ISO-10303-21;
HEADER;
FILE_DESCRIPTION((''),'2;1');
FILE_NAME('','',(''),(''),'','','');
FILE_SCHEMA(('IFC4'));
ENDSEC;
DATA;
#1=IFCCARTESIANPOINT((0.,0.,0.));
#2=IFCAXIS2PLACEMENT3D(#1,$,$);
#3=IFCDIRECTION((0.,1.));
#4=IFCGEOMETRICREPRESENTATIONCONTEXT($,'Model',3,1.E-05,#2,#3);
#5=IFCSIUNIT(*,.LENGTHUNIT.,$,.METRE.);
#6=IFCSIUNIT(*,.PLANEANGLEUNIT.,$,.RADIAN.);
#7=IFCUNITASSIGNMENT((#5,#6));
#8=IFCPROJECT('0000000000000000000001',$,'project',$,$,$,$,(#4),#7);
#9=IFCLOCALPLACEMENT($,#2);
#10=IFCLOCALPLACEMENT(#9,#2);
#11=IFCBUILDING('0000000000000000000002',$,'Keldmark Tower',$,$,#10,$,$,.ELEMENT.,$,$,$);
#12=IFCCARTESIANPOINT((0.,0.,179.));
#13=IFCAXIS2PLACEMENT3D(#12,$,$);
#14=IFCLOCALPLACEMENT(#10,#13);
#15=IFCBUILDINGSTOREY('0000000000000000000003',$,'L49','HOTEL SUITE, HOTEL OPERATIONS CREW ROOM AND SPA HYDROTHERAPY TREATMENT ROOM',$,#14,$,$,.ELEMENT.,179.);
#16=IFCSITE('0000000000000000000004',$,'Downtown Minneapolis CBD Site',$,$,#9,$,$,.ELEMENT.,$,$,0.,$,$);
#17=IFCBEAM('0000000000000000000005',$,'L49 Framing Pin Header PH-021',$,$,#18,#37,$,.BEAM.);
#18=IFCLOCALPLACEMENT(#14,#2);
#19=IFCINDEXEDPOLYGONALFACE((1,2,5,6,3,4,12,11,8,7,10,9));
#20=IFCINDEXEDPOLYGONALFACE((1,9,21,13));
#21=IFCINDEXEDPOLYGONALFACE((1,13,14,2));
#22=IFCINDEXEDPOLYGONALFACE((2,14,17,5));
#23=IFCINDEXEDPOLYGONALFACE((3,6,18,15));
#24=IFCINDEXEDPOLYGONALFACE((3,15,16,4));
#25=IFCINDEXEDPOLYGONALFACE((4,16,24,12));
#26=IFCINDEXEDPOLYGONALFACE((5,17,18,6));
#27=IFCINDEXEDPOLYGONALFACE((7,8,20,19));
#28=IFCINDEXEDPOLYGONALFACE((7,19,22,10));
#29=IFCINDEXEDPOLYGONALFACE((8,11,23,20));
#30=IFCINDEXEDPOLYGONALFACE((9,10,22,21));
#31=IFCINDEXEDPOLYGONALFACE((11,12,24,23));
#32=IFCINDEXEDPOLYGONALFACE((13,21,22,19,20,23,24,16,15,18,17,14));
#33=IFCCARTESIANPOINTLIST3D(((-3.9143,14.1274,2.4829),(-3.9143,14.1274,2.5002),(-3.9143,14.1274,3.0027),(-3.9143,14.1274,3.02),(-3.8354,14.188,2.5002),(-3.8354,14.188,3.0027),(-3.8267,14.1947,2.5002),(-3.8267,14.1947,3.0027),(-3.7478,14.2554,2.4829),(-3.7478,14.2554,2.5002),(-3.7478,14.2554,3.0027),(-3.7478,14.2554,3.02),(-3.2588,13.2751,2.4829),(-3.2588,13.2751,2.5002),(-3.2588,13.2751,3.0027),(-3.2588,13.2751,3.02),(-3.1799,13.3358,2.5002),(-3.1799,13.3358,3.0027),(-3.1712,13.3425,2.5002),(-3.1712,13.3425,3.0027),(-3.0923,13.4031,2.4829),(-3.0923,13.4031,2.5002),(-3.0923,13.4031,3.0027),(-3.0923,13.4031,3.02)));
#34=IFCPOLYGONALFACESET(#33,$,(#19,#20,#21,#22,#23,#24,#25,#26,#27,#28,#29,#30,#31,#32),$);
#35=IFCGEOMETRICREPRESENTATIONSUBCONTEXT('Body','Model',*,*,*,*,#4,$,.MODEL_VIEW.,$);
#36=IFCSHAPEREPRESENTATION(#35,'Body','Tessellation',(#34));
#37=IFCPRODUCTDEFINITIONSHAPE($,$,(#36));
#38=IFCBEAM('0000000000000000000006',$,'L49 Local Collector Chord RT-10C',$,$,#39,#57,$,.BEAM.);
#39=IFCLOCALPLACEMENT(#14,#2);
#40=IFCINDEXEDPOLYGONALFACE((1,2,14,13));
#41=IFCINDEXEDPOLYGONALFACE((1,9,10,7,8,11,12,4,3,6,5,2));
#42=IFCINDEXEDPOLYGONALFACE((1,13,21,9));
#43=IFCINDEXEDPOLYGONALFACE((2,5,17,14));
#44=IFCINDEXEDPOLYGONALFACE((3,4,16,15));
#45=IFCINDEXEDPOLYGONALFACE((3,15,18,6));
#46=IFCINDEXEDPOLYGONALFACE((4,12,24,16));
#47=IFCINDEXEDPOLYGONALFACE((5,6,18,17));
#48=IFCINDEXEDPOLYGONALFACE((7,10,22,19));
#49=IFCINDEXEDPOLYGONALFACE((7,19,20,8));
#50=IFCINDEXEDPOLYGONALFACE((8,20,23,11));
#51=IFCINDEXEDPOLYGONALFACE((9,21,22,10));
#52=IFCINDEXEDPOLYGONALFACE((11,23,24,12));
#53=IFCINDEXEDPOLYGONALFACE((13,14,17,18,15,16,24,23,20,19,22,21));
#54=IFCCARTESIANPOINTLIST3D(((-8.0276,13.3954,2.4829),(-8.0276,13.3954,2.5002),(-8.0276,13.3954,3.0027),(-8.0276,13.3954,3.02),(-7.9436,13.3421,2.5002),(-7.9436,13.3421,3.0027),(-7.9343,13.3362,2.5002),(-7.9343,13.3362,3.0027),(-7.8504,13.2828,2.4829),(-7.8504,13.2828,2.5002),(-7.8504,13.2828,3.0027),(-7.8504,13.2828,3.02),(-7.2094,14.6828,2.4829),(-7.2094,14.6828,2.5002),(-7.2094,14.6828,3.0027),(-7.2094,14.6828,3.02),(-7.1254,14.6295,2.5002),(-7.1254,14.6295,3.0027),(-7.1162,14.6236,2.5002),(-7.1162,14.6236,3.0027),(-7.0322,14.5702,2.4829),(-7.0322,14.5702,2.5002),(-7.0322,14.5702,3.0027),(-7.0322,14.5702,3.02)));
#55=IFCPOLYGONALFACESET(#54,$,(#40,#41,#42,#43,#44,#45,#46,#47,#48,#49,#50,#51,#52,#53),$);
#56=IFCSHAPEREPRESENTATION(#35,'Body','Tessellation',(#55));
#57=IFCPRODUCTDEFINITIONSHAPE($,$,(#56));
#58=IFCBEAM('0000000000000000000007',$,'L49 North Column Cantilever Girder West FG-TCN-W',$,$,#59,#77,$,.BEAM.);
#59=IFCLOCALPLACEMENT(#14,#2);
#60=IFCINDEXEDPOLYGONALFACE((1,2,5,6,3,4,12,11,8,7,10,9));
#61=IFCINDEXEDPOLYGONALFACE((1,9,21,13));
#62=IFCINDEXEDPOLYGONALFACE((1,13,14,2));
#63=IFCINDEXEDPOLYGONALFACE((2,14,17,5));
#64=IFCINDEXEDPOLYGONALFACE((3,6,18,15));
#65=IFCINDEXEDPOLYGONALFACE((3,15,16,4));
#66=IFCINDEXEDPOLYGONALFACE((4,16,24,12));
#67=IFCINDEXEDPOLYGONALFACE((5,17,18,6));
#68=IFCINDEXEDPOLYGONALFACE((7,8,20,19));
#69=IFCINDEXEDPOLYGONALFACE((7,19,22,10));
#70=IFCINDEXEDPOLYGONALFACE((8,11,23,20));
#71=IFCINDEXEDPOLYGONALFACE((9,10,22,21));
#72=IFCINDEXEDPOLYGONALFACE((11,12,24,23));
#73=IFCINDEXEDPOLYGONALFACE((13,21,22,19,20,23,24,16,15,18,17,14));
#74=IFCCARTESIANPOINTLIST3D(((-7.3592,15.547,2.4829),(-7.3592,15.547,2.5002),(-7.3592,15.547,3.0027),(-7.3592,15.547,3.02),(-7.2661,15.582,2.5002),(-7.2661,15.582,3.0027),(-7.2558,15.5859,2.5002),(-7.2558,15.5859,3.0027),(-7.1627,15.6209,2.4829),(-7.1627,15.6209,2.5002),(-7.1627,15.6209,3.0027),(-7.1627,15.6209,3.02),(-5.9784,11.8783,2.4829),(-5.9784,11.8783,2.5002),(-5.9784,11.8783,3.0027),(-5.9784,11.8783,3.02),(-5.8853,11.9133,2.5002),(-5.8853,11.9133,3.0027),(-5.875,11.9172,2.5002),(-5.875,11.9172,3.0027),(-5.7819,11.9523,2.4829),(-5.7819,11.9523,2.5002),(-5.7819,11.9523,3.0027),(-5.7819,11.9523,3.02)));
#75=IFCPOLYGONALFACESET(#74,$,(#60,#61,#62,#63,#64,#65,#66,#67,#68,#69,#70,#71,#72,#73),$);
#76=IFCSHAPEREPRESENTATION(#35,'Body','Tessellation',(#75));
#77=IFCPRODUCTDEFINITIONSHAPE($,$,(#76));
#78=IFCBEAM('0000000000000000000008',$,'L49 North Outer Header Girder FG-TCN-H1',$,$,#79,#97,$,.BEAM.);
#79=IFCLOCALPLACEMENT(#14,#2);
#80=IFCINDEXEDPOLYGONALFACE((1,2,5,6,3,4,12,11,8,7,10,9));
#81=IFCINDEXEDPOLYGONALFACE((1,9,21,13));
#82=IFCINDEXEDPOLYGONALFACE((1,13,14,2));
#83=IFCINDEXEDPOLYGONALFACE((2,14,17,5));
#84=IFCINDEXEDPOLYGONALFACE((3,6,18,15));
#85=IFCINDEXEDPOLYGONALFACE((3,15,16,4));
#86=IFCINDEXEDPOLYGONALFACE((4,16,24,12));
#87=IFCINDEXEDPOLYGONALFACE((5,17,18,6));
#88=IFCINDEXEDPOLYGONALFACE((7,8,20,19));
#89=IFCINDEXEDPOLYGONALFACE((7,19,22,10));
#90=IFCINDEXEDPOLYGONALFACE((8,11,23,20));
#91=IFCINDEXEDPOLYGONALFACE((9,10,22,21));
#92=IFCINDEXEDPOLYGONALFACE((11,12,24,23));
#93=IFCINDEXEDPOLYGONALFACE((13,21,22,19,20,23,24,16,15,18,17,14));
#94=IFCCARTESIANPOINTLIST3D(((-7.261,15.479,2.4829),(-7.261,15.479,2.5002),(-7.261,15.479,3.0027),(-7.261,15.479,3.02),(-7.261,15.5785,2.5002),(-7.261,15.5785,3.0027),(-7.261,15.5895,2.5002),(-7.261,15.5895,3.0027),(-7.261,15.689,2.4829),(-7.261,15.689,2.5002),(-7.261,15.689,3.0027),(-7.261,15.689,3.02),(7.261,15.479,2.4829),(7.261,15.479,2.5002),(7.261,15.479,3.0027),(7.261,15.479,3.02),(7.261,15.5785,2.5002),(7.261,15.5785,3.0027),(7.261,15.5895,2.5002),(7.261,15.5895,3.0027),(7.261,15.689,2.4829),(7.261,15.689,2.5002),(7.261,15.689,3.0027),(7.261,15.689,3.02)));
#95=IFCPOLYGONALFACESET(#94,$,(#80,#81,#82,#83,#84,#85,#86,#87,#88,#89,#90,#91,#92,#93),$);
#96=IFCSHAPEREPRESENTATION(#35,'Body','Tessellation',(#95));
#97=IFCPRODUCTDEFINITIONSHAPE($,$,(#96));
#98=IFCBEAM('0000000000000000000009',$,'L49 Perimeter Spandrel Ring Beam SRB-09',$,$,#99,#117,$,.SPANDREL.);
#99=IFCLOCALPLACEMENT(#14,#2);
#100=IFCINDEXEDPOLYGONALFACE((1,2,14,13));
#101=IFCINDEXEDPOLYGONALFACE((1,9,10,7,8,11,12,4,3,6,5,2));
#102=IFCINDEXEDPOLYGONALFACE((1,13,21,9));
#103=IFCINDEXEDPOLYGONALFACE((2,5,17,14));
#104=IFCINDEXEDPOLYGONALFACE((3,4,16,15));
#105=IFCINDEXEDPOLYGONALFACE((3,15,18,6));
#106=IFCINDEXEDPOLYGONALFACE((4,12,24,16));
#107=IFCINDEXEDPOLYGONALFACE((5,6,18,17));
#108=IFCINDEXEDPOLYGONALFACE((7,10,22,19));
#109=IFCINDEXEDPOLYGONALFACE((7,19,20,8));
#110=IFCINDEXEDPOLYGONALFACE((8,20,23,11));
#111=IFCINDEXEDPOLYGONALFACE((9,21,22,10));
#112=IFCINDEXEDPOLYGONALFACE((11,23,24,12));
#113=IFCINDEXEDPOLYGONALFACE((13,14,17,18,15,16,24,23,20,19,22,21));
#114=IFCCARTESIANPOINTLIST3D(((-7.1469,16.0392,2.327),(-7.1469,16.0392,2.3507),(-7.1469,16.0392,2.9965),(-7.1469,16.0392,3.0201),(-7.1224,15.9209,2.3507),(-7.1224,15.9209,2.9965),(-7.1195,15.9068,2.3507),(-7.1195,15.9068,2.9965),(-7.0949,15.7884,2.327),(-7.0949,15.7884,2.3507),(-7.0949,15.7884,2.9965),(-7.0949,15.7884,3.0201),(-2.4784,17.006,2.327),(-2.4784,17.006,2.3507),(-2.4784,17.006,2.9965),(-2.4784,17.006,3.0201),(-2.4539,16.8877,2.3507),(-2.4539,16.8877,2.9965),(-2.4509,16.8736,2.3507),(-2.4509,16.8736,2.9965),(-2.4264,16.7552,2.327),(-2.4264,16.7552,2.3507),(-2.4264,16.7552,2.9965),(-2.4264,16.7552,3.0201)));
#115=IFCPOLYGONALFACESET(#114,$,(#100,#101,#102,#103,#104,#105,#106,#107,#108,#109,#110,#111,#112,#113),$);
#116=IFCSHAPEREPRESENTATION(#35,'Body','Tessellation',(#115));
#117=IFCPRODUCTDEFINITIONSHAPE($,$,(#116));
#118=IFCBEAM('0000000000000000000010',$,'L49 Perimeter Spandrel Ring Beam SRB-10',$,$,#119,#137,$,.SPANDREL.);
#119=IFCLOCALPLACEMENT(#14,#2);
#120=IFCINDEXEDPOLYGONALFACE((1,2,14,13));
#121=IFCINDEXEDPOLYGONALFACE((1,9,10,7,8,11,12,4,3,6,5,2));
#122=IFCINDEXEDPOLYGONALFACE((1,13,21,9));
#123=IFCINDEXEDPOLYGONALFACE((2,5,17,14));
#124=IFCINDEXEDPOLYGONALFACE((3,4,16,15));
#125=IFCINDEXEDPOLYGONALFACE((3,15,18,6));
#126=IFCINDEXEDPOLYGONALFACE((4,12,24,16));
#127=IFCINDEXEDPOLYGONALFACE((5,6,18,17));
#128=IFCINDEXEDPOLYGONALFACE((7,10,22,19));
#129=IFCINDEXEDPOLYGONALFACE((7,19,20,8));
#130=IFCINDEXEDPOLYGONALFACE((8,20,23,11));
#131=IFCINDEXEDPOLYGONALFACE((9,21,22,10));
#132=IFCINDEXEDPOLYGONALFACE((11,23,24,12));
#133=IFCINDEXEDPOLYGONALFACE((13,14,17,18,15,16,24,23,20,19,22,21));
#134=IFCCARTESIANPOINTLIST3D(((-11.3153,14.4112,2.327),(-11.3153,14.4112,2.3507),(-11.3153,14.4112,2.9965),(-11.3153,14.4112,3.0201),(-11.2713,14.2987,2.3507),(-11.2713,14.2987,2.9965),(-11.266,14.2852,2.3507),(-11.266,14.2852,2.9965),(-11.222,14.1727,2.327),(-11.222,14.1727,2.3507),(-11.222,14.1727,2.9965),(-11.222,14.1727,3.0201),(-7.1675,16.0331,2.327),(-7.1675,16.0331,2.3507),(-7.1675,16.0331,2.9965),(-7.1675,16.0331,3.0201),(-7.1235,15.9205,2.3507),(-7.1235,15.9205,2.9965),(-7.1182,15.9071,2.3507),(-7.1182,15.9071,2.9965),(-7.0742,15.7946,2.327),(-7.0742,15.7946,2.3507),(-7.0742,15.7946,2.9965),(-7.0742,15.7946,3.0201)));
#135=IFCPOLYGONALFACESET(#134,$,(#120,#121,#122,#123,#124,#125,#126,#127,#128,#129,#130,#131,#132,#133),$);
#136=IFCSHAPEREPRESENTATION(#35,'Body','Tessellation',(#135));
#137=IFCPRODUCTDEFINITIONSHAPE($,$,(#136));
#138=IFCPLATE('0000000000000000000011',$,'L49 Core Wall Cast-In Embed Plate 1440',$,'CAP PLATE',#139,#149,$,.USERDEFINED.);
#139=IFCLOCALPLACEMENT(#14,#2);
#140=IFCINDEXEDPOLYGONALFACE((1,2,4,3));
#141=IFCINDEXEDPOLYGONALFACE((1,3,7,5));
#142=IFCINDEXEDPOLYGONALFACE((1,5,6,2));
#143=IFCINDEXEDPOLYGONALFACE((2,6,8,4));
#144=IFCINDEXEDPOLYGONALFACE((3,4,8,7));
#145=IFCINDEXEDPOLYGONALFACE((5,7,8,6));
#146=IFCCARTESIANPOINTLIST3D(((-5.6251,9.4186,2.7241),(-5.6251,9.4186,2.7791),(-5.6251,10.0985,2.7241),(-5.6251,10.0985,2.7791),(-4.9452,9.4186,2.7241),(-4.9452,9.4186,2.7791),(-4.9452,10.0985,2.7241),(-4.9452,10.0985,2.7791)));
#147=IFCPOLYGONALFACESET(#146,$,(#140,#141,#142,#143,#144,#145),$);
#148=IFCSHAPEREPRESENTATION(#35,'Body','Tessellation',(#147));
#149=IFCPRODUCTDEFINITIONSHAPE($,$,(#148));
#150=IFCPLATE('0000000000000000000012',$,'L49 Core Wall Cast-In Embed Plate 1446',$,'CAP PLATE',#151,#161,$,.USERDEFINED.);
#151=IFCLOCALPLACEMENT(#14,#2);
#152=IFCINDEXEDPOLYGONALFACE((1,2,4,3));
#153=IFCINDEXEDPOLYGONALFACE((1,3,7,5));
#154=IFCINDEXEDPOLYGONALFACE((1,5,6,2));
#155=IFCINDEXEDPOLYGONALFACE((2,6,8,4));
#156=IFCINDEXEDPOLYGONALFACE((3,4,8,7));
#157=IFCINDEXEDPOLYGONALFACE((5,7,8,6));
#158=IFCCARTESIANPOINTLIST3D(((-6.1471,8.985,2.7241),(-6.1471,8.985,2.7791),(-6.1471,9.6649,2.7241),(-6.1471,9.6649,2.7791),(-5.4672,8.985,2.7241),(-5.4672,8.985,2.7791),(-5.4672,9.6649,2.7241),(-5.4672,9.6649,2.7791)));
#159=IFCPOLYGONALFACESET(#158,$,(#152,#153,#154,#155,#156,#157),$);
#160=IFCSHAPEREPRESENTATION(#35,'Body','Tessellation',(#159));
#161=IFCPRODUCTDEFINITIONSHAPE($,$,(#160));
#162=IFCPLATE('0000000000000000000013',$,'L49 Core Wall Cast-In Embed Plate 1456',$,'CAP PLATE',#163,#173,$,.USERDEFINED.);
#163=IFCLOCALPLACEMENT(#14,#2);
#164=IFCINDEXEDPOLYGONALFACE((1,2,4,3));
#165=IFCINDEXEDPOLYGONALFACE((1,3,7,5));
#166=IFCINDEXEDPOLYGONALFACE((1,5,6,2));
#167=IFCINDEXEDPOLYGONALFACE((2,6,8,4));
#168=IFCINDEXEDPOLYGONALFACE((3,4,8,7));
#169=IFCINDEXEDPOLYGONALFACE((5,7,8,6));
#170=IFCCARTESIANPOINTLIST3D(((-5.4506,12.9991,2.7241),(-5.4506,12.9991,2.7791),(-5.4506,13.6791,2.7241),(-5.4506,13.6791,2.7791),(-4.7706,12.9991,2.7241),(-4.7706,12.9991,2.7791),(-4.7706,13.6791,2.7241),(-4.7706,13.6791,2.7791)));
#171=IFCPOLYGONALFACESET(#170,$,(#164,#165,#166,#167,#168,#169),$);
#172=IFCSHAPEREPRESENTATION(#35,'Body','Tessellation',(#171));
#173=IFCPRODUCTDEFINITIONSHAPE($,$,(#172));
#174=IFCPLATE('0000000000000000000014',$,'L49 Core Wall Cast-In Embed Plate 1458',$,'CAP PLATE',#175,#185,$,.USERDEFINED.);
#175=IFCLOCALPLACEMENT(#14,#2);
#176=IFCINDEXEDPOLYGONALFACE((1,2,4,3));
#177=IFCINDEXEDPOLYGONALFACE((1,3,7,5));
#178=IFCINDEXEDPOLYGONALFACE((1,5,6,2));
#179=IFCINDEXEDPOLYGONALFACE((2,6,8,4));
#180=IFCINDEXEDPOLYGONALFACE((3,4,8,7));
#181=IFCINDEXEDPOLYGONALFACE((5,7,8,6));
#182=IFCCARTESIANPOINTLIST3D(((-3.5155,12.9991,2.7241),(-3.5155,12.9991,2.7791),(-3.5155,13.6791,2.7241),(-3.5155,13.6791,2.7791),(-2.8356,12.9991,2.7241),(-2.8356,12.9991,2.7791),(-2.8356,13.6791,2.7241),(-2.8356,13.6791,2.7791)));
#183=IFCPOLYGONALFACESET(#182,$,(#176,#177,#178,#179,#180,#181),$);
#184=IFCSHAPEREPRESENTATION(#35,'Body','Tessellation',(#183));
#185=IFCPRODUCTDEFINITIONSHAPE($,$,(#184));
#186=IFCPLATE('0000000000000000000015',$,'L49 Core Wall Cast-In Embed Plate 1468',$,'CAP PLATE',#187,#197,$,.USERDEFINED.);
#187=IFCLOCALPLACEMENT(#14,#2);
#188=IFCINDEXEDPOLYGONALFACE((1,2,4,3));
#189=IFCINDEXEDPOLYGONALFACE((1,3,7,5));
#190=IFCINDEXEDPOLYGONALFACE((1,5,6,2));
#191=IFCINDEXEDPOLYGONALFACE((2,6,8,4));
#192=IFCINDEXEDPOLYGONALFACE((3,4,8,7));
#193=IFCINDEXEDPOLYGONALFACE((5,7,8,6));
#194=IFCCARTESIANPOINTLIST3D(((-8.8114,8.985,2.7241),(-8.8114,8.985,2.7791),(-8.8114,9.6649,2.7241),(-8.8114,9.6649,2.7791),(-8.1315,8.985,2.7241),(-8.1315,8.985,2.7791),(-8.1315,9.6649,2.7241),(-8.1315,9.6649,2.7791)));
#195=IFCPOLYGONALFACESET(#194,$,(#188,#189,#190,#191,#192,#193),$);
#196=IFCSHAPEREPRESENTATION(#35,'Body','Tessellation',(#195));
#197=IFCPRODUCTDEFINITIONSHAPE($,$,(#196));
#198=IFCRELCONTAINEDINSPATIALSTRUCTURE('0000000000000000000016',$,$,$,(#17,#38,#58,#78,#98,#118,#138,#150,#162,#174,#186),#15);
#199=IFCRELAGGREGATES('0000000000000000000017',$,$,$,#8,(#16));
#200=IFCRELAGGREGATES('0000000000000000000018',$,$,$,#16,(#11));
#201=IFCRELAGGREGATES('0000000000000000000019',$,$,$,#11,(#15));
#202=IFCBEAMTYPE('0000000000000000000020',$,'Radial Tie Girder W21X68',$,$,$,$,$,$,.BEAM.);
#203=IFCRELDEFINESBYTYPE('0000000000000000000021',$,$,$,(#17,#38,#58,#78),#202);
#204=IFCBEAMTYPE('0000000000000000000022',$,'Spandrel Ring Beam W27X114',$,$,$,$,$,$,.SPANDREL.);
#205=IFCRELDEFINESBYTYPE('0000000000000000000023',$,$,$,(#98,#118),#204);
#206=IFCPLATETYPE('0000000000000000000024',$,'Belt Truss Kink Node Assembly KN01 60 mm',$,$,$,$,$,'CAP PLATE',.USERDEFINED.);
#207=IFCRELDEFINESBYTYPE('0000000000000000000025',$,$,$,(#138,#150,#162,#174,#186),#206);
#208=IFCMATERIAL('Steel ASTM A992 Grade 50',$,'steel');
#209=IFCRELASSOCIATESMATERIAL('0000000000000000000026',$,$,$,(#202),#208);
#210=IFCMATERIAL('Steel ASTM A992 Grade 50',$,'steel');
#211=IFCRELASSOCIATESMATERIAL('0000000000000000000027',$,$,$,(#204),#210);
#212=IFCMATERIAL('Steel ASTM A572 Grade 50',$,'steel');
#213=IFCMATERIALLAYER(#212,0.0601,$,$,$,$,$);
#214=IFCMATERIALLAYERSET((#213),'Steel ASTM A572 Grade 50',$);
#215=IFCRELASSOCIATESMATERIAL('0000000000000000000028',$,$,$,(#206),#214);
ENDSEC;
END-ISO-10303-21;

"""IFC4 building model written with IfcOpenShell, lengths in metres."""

from ifc_helpers import new_model, si_unit, direction, frame, origin, origin_2d, place, context, subcontext, project, spatial, rectangle, i_section, extrude, material, layer, layer_set, material_profile, profile_set, type_object, element, save


model = new_model("IFC4")

# Units and contexts
model_context = context("Model", 3, precision=1e-05, world=origin(), true_north=direction((0.0, 1.0)))
body_context = subcontext(model_context, "Body", "Model", "MODEL_VIEW")
ifc_project = project(units=[si_unit("LENGTHUNIT", "METRE"), si_unit("PLANEANGLEUNIT", "RADIAN")], contexts=[model_context])

# Site, building, storey
site_placement = place(None, origin())
site = spatial("IfcSite", under=ifc_project, at=site_placement, Name="Downtown Minneapolis CBD Site", CompositionType="ELEMENT", RefElevation=0.0)
building_placement = place(site_placement, origin())
building = spatial("IfcBuilding", under=site, at=building_placement, Name="Keldmark Tower", CompositionType="ELEMENT")
storey_placement = place(building_placement, frame((0.0, 0.0, 179.0)))
storey = spatial("IfcBuildingStorey", under=building, at=storey_placement, Name="L49", Description="HOTEL SUITE, HOTEL OPERATIONS CREW ROOM AND SPA HYDROTHERAPY TREATMENT ROOM", CompositionType="ELEMENT", Elevation=179.0)

# Beams
ifc_material_1 = material(Name="Steel ASTM A992 Grade 50", Category="steel")
ifc_material_profile_1 = material_profile(ifc_material_1, i_section(OverallWidth=0.21, OverallDepth=0.5371, WebThickness=0.011, FlangeThickness=0.0173, at=origin_2d()), Name="W21X68")
ifc_profile_set_1 = profile_set([ifc_material_profile_1], Name="Steel ASTM A992 Grade 50")
beam_type_1 = type_object("IfcBeamType", Name="Radial Tie Girder W21X68", PredefinedType="BEAM", material=ifc_profile_set_1)
beam_1_placement = place(storey_placement, frame((-3.1755, 13.3391, 2.7515), z_axis=(-0.609656, 0.792666, 0.0), x_axis=(-0.792666, -0.609656, 0.0)))
element("IfcBeam", 1, at=beam_1_placement, inside=storey, type_object=beam_type_1, Name="L49 Framing Pin Header PH-021", PredefinedType="BEAM", context=body_context, shape_type="SweptSolid", body=[
    extrude(i_section(OverallWidth=0.21, OverallDepth=0.5371, WebThickness=0.011, FlangeThickness=0.0173, at=origin_2d()), origin(), (0.0, 0.0, 1.0), 1.0752),
])
beam_2_placement = place(storey_placement, frame((-7.939, 13.3391, 2.7515), z_axis=(0.536358, 0.843991, 0.0), x_axis=(-0.843991, 0.536358, 0.0)))
element("IfcBeam", 2, at=beam_2_placement, inside=storey, type_object=beam_type_1, Name="L49 Local Collector Chord RT-10C", PredefinedType="BEAM", context=body_context, shape_type="SweptSolid", body=[
    extrude(i_section(OverallWidth=0.21, OverallDepth=0.5371, WebThickness=0.011, FlangeThickness=0.0173, at=origin_2d()), origin(), (0.0, 0.0, 1.0), 1.5254),
])
beam_3_placement = place(storey_placement, frame((-5.8801, 11.9153, 2.7515), z_axis=(-0.352263, 0.935901, 0.0), x_axis=(-0.935901, -0.352263, 0.0)))
element("IfcBeam", 3, at=beam_3_placement, inside=storey, type_object=beam_type_1, Name="L49 North Column Cantilever Girder West FG-TCN-W", PredefinedType="BEAM", context=body_context, shape_type="SweptSolid", body=[
    extrude(i_section(OverallWidth=0.21, OverallDepth=0.5371, WebThickness=0.011, FlangeThickness=0.0173, at=origin_2d()), origin(), (0.0, 0.0, 1.0), 3.9199),
])
beam_4_placement = place(storey_placement, frame((-7.261, 15.584, 2.7515), z_axis=(1.0, 0.0, 0.0), x_axis=(0.0, 1.0, 0.0)))
element("IfcBeam", 4, at=beam_4_placement, inside=storey, type_object=beam_type_1, Name="L49 North Outer Header Girder FG-TCN-H1", PredefinedType="BEAM", context=body_context, shape_type="SweptSolid", body=[
    extrude(i_section(OverallWidth=0.21, OverallDepth=0.5371, WebThickness=0.011, FlangeThickness=0.0173, at=origin_2d()), origin(), (0.0, 0.0, 1.0), 14.522),
])
ifc_material_2 = material(Name="Steel ASTM A992 Grade 50", Category="steel")
ifc_material_profile_2 = material_profile(ifc_material_2, i_section(OverallWidth=0.2561, OverallDepth=0.6931, WebThickness=0.0144, FlangeThickness=0.0237, at=origin_2d()), Name="W27X114")
ifc_profile_set_2 = profile_set([ifc_material_profile_2], Name="Steel ASTM A992 Grade 50")
beam_type_2 = type_object("IfcBeamType", Name="Spandrel Ring Beam W27X114", PredefinedType="SPANDREL", material=ifc_profile_set_2)
beam_5_placement = place(storey_placement, frame((-2.4524, 16.8806, 2.6736), z_axis=(-0.979223, -0.202788, 0.0), x_axis=(0.202788, -0.979223, 0.0)))
element("IfcBeam", 5, at=beam_5_placement, inside=storey, type_object=beam_type_2, Name="L49 Perimeter Spandrel Ring Beam SRB-09", PredefinedType="SPANDREL", context=body_context, shape_type="SweptSolid", body=[
    extrude(i_section(OverallWidth=0.2561, OverallDepth=0.6931, WebThickness=0.0144, FlangeThickness=0.0237, at=origin_2d()), origin(), (0.0, 0.0, 1.0), 4.7676),
])
beam_6_placement = place(storey_placement, frame((-7.1208, 15.9138, 2.6736), z_axis=(-0.931333, -0.364168, 0.0), x_axis=(0.364168, -0.931333, 0.0)))
element("IfcBeam", 6, at=beam_6_placement, inside=storey, type_object=beam_type_2, Name="L49 Perimeter Spandrel Ring Beam SRB-10", PredefinedType="SPANDREL", context=body_context, shape_type="SweptSolid", body=[
    extrude(i_section(OverallWidth=0.2561, OverallDepth=0.6931, WebThickness=0.0144, FlangeThickness=0.0237, at=origin_2d()), origin(), (0.0, 0.0, 1.0), 4.4536),
])

# Plates
ifc_material_3 = material(Name="Steel ASTM A572 Grade 50", Category="steel")
ifc_layer_1 = layer(ifc_material_3, 0.0601)
ifc_layer_set_1 = layer_set([ifc_layer_1], Name="Steel ASTM A572 Grade 50")
plate_type_1 = type_object("IfcPlateType", Name="Belt Truss Kink Node Assembly KN01 60 mm", ElementType="CAP PLATE", PredefinedType="USERDEFINED", material=ifc_layer_set_1)
for number, where, z_axis, x_axis, name in (
    (7, (-5.2852, 9.7585, 2.7241), (0.0, 0.0, 1.0), (1.0, 0.0, 0.0), "L49 Core Wall Cast-In Embed Plate 1440"),
    (8, (-5.8071, 9.325, 2.7241), (0.0, 0.0, 1.0), (1.0, 0.0, 0.0), "L49 Core Wall Cast-In Embed Plate 1446"),
    (9, (-5.1106, 13.3391, 2.7241), (0.0, 0.0, 1.0), (1.0, 0.0, 0.0), "L49 Core Wall Cast-In Embed Plate 1456"),
    (10, (-3.1755, 13.3391, 2.7241), (0.0, 0.0, 1.0), (1.0, 0.0, 0.0), "L49 Core Wall Cast-In Embed Plate 1458"),
    (11, (-8.4714, 9.325, 2.7241), (0.0, 0.0, 1.0), (1.0, 0.0, 0.0), "L49 Core Wall Cast-In Embed Plate 1468"),
):
    element("IfcPlate", number, at=place(storey_placement, frame(where, z_axis=z_axis, x_axis=x_axis)), inside=storey, type_object=plate_type_1, Name=name, ObjectType="CAP PLATE", PredefinedType="USERDEFINED", context=body_context, shape_type="SweptSolid", body=[
        extrude(rectangle(XDim=0.6799, YDim=0.6799, at=origin_2d()), origin(), (0.0, 0.0, 1.0), 0.0549),
    ])

save(model, "model.ifc")
